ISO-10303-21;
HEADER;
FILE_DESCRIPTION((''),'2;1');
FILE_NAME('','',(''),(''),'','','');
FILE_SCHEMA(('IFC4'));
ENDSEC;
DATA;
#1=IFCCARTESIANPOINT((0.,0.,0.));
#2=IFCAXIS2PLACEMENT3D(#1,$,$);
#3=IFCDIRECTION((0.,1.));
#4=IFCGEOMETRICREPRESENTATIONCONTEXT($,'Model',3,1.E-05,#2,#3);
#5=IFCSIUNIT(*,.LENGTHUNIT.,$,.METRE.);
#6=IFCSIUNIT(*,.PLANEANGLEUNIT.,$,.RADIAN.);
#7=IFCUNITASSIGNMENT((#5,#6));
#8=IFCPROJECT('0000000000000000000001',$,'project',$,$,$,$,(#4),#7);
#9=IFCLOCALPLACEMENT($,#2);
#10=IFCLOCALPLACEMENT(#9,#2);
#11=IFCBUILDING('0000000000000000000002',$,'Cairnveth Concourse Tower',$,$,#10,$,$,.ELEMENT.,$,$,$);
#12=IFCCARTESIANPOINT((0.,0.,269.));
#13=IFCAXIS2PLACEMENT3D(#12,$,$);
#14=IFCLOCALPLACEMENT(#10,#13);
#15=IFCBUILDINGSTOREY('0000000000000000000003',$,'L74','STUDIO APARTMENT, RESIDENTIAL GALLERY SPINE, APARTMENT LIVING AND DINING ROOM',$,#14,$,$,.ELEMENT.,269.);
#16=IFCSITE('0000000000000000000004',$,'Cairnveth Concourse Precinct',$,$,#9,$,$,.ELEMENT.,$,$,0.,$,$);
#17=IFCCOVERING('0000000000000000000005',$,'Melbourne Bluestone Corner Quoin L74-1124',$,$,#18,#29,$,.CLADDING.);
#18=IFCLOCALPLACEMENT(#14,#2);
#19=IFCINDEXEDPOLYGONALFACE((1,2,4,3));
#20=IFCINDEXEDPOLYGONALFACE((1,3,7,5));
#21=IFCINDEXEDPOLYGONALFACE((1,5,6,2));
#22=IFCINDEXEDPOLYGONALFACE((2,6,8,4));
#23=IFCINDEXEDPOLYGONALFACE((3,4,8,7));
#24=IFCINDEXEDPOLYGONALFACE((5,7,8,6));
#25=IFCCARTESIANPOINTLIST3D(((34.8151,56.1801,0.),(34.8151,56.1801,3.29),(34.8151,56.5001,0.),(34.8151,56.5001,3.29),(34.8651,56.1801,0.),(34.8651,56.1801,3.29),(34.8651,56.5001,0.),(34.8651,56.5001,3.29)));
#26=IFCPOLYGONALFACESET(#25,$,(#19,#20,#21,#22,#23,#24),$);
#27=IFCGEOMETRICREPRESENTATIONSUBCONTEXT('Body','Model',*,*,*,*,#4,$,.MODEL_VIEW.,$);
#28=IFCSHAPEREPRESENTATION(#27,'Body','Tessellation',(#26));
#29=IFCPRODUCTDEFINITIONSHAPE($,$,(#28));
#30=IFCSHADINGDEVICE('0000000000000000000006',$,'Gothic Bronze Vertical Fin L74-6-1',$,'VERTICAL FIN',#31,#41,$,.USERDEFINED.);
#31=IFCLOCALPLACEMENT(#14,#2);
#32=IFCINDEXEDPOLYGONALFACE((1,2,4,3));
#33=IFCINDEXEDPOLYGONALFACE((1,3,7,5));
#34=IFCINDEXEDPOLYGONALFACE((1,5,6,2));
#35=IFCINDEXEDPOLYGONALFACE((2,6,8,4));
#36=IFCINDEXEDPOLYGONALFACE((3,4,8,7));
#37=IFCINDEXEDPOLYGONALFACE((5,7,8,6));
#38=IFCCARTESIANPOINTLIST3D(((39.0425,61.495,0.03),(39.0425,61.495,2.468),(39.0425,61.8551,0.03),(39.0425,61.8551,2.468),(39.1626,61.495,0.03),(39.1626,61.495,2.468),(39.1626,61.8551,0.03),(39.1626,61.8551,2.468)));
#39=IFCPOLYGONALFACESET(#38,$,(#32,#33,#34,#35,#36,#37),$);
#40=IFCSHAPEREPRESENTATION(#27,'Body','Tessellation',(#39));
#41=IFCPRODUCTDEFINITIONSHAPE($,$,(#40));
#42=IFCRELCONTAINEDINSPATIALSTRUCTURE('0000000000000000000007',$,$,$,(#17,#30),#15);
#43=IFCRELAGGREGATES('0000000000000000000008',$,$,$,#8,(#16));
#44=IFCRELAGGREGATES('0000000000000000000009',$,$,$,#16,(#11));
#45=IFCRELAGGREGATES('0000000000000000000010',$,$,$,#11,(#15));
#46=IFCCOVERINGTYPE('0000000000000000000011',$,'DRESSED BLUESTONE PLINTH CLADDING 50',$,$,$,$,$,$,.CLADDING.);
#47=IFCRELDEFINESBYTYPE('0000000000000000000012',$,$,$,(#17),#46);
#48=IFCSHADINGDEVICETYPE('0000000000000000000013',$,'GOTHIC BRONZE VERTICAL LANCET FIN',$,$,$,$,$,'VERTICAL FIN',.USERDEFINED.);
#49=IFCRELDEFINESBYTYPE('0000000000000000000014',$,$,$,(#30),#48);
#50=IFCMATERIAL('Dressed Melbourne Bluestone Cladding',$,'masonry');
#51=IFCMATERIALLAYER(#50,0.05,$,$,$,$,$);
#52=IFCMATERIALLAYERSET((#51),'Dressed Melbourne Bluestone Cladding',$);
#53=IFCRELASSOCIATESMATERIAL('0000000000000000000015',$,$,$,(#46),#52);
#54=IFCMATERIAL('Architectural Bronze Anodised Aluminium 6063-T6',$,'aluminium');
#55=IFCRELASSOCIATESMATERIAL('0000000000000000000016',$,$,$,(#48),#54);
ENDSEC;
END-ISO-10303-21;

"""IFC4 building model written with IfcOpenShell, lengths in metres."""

from ifc_helpers import new_model, si_unit, direction, frame, frame_2d, origin, origin_2d, place, context, subcontext, project, spatial, rectangle, extrude, material, layer, layer_set, type_object, element, save


model = new_model("IFC4")

# Units and contexts
model_context = context("Model", 3, precision=1e-05, world=origin(), true_north=direction((0.0, 1.0)))
body_context = subcontext(model_context, "Body", "Model", "MODEL_VIEW")
ifc_project = project(units=[si_unit("LENGTHUNIT", "METRE"), si_unit("PLANEANGLEUNIT", "RADIAN")], contexts=[model_context])

# Site, building, storey
site_placement = place(None, origin())
site = spatial("IfcSite", under=ifc_project, at=site_placement, Name="Cairnveth Concourse Precinct", CompositionType="ELEMENT", RefElevation=0.0)
building_placement = place(site_placement, origin())
building = spatial("IfcBuilding", under=site, at=building_placement, Name="Cairnveth Concourse Tower", CompositionType="ELEMENT")
storey_placement = place(building_placement, frame((0.0, 0.0, 269.0)))
storey = spatial("IfcBuildingStorey", under=building, at=storey_placement, Name="L74", Description="STUDIO APARTMENT, RESIDENTIAL GALLERY SPINE, APARTMENT LIVING AND DINING ROOM", CompositionType="ELEMENT", Elevation=269.0)

# Covering
ifc_material_1 = material(Name="Dressed Melbourne Bluestone Cladding", Category="masonry")
ifc_layer_1 = layer(ifc_material_1, 0.05)
ifc_layer_set_1 = layer_set([ifc_layer_1], Name="Dressed Melbourne Bluestone Cladding")
covering_type = type_object("IfcCoveringType", Name="DRESSED BLUESTONE PLINTH CLADDING 50", PredefinedType="CLADDING", material=ifc_layer_set_1)
covering_placement = place(storey_placement, frame((34.8401, 56.1799, 0.0), z_axis=(0.0, 0.0, 1.0), x_axis=(0.0, 1.0, 0.0)))
element("IfcCovering", 1, at=covering_placement, inside=storey, type_object=covering_type, Name="Melbourne Bluestone Corner Quoin L74-1124", PredefinedType="CLADDING", context=body_context, shape_type="SweptSolid", body=[
    extrude(rectangle(XDim=0.3201, YDim=0.05, at=frame_2d((0.1602, 0.0))), origin(), (0.0, 0.0, 1.0), 3.29),
])

# Shading device
ifc_material_2 = material(Name="Architectural Bronze Anodised Aluminium 6063-T6", Category="aluminium")
shading_device_type = type_object("IfcShadingDeviceType", Name="GOTHIC BRONZE VERTICAL LANCET FIN", ElementType="VERTICAL FIN", PredefinedType="USERDEFINED", material=ifc_material_2)
shading_device_placement = place(storey_placement, frame((39.1025, 61.675, 0.03), z_axis=(0.0, 0.0, 1.0), x_axis=(1.0, 0.0, 0.0)))
element("IfcShadingDevice", 2, at=shading_device_placement, inside=storey, type_object=shading_device_type, Name="Gothic Bronze Vertical Fin L74-6-1", ObjectType="VERTICAL FIN", PredefinedType="USERDEFINED", context=body_context, shape_type="SweptSolid", body=[
    extrude(rectangle(XDim=0.1201, YDim=0.3601, at=origin_2d()), origin(), (0.0, 0.0, 1.0), 2.438),
])

save(model, "model.ifc")
